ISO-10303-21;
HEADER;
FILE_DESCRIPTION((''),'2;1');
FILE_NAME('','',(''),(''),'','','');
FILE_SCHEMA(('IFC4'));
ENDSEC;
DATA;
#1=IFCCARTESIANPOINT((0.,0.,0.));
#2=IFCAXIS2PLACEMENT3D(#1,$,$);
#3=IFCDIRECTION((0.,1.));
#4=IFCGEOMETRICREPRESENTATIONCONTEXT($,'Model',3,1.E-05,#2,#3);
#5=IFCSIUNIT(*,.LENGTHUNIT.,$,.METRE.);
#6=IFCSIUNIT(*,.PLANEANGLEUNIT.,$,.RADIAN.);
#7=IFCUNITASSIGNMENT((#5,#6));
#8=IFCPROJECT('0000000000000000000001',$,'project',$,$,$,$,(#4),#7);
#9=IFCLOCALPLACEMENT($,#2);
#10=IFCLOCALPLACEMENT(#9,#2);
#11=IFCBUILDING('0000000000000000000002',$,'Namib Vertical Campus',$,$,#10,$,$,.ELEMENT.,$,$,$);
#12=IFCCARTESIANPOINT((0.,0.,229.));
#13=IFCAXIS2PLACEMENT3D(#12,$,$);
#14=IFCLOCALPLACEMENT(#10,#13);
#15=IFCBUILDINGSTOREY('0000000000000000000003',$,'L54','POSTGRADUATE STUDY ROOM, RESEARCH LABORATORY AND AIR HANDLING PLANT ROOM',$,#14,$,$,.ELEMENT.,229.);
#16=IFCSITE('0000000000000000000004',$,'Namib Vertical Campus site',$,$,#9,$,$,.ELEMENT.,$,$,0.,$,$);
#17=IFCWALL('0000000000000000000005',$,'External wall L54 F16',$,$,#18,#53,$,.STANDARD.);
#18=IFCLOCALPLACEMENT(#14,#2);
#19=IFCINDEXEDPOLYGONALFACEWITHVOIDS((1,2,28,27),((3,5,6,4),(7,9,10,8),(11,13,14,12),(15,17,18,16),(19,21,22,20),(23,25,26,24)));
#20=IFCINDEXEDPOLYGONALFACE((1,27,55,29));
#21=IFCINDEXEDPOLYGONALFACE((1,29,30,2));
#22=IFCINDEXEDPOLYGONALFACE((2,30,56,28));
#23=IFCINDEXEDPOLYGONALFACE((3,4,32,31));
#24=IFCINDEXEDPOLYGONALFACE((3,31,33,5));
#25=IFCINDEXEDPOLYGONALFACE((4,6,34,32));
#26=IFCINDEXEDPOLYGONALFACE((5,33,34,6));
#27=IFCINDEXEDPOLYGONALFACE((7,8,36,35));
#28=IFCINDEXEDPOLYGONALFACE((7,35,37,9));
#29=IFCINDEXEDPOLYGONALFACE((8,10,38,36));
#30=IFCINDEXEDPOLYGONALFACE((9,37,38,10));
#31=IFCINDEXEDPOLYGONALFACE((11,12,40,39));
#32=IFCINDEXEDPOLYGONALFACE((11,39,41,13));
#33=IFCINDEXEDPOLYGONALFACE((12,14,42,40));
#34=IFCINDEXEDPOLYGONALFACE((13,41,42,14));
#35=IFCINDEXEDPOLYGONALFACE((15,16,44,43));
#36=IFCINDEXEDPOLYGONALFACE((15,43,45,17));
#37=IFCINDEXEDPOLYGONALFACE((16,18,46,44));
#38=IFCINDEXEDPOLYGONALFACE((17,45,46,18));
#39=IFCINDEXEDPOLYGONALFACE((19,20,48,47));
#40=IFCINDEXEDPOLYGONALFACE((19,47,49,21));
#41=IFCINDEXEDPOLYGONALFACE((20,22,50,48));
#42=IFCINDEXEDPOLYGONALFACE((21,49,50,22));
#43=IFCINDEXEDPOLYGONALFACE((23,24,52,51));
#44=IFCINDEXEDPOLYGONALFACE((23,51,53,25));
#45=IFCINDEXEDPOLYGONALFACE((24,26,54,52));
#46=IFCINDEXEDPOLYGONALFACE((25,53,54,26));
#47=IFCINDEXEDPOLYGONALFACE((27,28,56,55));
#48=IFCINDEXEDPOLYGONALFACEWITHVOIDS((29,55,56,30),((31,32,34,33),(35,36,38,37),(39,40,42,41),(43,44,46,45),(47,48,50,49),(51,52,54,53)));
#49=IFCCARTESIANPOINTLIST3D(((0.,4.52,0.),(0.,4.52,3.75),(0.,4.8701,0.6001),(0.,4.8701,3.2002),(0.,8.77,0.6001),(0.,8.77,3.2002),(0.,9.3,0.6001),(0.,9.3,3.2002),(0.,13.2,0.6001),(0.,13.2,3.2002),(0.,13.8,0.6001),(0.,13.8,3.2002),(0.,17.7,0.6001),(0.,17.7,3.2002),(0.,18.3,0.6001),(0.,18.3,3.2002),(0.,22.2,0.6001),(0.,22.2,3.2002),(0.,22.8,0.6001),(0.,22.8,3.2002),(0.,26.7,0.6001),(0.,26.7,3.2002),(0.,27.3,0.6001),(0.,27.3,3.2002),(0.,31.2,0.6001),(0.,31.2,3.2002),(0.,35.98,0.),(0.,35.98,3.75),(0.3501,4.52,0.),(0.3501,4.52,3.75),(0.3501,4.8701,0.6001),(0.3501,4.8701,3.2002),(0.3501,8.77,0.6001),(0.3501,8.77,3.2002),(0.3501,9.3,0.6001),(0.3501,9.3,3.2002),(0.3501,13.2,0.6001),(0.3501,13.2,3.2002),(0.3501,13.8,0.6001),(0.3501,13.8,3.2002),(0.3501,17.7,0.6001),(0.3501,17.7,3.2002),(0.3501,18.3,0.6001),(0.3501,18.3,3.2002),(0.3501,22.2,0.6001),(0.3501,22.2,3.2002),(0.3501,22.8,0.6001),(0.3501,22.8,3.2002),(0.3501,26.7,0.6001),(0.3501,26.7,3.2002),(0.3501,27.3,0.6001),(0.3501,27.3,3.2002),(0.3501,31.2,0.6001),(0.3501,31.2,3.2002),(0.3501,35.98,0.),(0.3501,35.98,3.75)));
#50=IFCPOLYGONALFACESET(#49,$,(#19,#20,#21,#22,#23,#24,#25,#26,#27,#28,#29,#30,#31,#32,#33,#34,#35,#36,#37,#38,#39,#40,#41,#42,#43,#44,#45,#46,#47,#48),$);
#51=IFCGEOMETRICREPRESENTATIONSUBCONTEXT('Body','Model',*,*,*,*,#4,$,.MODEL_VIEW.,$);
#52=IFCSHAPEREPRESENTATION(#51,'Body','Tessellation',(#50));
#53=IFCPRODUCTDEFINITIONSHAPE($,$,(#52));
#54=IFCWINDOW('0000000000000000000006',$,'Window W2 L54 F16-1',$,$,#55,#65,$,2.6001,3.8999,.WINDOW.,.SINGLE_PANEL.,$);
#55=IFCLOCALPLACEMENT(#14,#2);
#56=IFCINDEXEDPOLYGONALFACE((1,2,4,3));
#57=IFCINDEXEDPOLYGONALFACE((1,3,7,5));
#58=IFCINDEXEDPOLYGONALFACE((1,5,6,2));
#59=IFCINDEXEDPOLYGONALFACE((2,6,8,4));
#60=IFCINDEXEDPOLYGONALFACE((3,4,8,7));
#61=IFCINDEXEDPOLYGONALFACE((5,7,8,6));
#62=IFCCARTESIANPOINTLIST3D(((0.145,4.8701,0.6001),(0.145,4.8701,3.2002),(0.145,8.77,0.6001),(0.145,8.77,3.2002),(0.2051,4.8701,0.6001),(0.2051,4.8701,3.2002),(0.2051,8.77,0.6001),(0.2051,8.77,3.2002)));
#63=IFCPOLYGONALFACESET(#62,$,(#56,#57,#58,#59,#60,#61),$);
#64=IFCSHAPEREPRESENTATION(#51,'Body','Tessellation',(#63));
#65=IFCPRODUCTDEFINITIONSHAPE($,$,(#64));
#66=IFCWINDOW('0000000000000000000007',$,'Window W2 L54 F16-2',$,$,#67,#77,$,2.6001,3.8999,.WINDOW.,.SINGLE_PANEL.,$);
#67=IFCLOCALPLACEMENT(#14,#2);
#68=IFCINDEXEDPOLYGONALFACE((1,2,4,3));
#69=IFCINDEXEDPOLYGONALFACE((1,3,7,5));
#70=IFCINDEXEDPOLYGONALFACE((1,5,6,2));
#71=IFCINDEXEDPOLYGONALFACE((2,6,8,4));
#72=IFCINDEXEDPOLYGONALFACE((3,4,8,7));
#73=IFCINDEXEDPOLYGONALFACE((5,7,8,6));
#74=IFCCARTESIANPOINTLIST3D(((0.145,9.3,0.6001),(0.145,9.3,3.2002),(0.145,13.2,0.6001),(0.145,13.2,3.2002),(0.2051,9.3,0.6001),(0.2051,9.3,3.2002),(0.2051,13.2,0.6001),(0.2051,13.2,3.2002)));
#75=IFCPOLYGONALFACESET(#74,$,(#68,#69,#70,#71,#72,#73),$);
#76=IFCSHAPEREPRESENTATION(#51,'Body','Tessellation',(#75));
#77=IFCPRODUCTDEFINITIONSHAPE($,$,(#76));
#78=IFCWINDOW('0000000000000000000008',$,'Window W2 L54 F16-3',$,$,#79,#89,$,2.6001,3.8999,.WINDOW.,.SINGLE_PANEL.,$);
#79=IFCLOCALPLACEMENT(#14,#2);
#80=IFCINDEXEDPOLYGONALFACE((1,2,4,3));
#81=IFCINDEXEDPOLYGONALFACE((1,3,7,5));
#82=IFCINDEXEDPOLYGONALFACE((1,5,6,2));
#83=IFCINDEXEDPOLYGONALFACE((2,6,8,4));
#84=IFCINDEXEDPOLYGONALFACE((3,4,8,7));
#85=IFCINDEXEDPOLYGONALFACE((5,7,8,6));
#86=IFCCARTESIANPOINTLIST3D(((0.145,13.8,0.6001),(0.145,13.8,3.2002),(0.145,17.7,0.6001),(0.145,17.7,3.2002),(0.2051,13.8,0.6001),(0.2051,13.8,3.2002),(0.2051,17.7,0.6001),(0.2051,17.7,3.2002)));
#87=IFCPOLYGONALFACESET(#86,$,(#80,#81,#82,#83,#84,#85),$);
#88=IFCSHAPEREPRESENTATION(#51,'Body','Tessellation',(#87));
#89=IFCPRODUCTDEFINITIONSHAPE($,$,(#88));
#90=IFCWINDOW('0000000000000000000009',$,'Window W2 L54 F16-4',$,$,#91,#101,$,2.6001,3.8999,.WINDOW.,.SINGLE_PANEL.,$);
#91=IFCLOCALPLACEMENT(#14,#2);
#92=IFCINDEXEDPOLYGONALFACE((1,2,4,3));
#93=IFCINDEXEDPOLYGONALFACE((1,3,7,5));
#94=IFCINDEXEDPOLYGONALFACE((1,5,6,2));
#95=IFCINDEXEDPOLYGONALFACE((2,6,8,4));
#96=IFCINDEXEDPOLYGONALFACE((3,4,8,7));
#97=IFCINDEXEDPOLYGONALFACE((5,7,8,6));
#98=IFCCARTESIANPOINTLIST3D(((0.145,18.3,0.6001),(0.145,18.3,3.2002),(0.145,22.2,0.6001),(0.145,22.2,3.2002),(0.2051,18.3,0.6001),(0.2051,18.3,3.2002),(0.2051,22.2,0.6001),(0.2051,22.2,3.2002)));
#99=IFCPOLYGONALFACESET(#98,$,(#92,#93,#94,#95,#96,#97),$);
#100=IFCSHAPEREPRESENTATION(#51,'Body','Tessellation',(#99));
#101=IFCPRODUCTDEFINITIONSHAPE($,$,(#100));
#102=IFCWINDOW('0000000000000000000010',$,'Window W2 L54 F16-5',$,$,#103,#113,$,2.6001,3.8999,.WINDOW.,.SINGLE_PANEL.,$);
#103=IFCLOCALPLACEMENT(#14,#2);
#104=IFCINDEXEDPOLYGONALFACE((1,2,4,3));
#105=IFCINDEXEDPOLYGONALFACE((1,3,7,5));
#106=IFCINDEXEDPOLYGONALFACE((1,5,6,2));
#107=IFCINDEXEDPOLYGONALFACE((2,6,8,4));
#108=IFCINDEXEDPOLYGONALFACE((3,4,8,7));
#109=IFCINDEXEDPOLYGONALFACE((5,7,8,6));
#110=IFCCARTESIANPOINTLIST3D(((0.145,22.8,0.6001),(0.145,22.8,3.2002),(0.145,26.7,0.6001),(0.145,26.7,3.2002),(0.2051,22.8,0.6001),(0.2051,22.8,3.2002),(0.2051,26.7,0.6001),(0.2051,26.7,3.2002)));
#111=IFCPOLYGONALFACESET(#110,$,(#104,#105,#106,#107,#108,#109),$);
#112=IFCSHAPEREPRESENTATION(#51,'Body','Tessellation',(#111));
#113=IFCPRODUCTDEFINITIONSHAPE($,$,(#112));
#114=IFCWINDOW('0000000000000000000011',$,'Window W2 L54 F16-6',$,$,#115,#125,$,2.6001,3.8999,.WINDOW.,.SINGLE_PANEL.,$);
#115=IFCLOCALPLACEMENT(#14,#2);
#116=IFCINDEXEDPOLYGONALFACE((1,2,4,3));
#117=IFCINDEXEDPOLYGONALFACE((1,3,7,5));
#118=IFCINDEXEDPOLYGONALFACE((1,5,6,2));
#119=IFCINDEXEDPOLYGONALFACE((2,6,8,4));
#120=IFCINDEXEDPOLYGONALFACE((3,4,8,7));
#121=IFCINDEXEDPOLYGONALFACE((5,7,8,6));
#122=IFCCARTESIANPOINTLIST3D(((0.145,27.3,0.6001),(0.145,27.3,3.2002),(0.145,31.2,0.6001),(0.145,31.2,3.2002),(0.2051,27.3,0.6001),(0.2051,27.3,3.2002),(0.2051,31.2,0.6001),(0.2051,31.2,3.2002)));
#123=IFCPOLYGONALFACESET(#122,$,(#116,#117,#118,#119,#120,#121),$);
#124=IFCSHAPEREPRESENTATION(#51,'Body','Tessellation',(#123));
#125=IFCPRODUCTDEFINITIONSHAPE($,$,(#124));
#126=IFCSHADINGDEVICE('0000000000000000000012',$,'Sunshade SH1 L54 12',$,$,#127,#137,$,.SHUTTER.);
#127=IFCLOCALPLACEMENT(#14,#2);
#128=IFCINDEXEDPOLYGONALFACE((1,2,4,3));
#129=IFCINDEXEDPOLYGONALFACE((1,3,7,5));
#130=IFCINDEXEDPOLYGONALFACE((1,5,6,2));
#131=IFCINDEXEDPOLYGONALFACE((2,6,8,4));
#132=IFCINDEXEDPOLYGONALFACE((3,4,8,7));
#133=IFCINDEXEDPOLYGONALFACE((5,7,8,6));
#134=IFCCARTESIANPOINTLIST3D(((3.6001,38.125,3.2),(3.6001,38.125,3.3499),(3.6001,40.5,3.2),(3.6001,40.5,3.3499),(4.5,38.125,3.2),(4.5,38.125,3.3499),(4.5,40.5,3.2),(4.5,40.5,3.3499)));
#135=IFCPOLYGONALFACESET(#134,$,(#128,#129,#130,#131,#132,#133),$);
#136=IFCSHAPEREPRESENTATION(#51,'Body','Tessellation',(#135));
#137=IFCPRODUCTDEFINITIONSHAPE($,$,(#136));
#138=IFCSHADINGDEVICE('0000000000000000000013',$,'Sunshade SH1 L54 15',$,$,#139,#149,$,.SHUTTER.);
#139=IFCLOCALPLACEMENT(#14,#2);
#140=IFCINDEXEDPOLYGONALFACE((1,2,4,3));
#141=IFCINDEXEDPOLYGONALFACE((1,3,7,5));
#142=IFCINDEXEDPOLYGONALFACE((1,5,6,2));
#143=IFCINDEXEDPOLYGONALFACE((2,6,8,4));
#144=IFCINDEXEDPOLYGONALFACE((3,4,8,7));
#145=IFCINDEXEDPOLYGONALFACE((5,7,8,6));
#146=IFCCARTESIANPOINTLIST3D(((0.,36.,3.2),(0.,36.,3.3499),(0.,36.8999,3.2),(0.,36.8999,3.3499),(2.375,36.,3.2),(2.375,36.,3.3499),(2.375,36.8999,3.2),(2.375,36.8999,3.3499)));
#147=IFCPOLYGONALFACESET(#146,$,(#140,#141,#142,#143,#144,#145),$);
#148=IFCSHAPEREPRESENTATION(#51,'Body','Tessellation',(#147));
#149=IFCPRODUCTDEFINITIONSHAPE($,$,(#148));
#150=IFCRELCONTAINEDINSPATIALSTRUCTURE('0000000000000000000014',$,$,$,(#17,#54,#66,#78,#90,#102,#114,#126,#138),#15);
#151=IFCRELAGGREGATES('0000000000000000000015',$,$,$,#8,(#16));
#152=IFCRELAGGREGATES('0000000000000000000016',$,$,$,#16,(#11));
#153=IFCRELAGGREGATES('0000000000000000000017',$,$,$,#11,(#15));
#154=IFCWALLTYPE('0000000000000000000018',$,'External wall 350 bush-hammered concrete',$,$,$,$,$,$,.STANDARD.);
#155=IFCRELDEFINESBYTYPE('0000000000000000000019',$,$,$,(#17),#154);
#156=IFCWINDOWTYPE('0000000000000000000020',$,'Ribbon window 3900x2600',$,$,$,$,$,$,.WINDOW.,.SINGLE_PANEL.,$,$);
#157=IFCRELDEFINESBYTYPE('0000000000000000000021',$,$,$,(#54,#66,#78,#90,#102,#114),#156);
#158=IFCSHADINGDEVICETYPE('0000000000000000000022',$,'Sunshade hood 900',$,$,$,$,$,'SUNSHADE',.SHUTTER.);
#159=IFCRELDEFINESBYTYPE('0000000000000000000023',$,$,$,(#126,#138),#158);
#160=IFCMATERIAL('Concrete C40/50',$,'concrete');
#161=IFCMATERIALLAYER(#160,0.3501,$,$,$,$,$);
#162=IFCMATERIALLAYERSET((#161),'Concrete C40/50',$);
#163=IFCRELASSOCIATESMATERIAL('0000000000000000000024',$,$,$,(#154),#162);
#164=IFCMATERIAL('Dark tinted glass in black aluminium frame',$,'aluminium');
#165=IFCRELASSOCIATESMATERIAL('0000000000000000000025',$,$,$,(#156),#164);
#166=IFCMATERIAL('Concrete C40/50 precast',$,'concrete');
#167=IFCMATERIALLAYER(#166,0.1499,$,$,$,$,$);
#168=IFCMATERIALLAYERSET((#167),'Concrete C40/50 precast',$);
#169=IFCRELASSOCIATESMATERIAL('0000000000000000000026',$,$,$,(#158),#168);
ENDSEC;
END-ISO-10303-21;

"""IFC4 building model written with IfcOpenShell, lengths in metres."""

from ifc_helpers import new_model, si_unit, direction, frame, frame_2d, origin, origin_2d, place, context, subcontext, project, spatial, rectangle, extrude, material, layer, layer_set, type_object, element, fill, save


model = new_model("IFC4")

# Units and contexts
model_context = context("Model", 3, precision=1e-05, world=origin(), true_north=direction((0.0, 1.0)))
body_context = subcontext(model_context, "Body", "Model", "MODEL_VIEW")
ifc_project = project(units=[si_unit("LENGTHUNIT", "METRE"), si_unit("PLANEANGLEUNIT", "RADIAN")], contexts=[model_context])

# Site, building, storey
site_placement = place(None, origin())
site = spatial("IfcSite", under=ifc_project, at=site_placement, Name="Namib Vertical Campus site", CompositionType="ELEMENT", RefElevation=0.0)
building_placement = place(site_placement, origin())
building = spatial("IfcBuilding", under=site, at=building_placement, Name="Namib Vertical Campus", CompositionType="ELEMENT")
storey_placement = place(building_placement, frame((0.0, 0.0, 229.0)))
storey = spatial("IfcBuildingStorey", under=building, at=storey_placement, Name="L54", Description="POSTGRADUATE STUDY ROOM, RESEARCH LABORATORY AND AIR HANDLING PLANT ROOM", CompositionType="ELEMENT", Elevation=229.0)

# Shared definitions
ifc_material_1 = material(Name="Concrete C40/50", Category="concrete")
ifc_layer_1 = layer(ifc_material_1, 0.3501)
ifc_layer_set_1 = layer_set([ifc_layer_1], Name="Concrete C40/50")
wall_type_1 = type_object("IfcWallType", Name="External wall 350 bush-hammered concrete", PredefinedType="STANDARD", material=ifc_layer_set_1)

# Wall, openings, windows
wall_1_placement = place(storey_placement, frame((0.175, 35.98, 0.0), z_axis=(0.0, 0.0, 1.0), x_axis=(0.0, -1.0, 0.0)))
wall_1 = element("IfcWall", 1, at=wall_1_placement, inside=storey, type_object=wall_type_1, Name="External wall L54 F16", PredefinedType="STANDARD", context=body_context, shape_type="SweptSolid", body=[
    extrude(rectangle(XDim=31.46, YDim=0.3501, at=frame_2d((15.73, 0.0))), origin(), (0.0, 0.0, 1.0), 3.75),
])
opening_1_placement = place(wall_1_placement, frame((27.21, 0.0, 0.6001)))
opening_1 = element("IfcOpeningElement", 2, at=opening_1_placement, cuts=wall_1, PredefinedType="OPENING", context=body_context, shape_type="SweptSolid", body=[
    extrude(rectangle(XDim=3.8999, YDim=2.6001, at=frame_2d((1.95, 1.3))), frame((0.0, 0.1851, 0.0), z_axis=(0.0, -1.0, 0.0), x_axis=(1.0, 0.0, 0.0)), (0.0, 0.0, 1.0), 0.3701),
])
opening_2_placement = place(wall_1_placement, frame((22.78, 0.0, 0.6001)))
opening_2 = element("IfcOpeningElement", 3, at=opening_2_placement, cuts=wall_1, PredefinedType="OPENING", context=body_context, shape_type="SweptSolid", body=[
    extrude(rectangle(XDim=3.8999, YDim=2.6001, at=frame_2d((1.95, 1.3))), frame((0.0, 0.1851, 0.0), z_axis=(0.0, -1.0, 0.0), x_axis=(1.0, 0.0, 0.0)), (0.0, 0.0, 1.0), 0.3701),
])
opening_3_placement = place(wall_1_placement, frame((18.28, 0.0, 0.6001)))
opening_3 = element("IfcOpeningElement", 4, at=opening_3_placement, cuts=wall_1, PredefinedType="OPENING", context=body_context, shape_type="SweptSolid", body=[
    extrude(rectangle(XDim=3.8999, YDim=2.6001, at=frame_2d((1.95, 1.3))), frame((0.0, 0.1851, 0.0), z_axis=(0.0, -1.0, 0.0), x_axis=(1.0, 0.0, 0.0)), (0.0, 0.0, 1.0), 0.3701),
])
opening_4_placement = place(wall_1_placement, frame((13.78, 0.0, 0.6001)))
opening_4 = element("IfcOpeningElement", 5, at=opening_4_placement, cuts=wall_1, PredefinedType="OPENING", context=body_context, shape_type="SweptSolid", body=[
    extrude(rectangle(XDim=3.8999, YDim=2.6001, at=frame_2d((1.95, 1.3))), frame((0.0, 0.1851, 0.0), z_axis=(0.0, -1.0, 0.0), x_axis=(1.0, 0.0, 0.0)), (0.0, 0.0, 1.0), 0.3701),
])
opening_5_placement = place(wall_1_placement, frame((9.28, 0.0, 0.6001)))
opening_5 = element("IfcOpeningElement", 6, at=opening_5_placement, cuts=wall_1, PredefinedType="OPENING", context=body_context, shape_type="SweptSolid", body=[
    extrude(rectangle(XDim=3.8999, YDim=2.6001, at=frame_2d((1.95, 1.3))), frame((0.0, 0.1851, 0.0), z_axis=(0.0, -1.0, 0.0), x_axis=(1.0, 0.0, 0.0)), (0.0, 0.0, 1.0), 0.3701),
])
opening_6_placement = place(wall_1_placement, frame((4.78, 0.0, 0.6001)))
opening_6 = element("IfcOpeningElement", 7, at=opening_6_placement, cuts=wall_1, PredefinedType="OPENING", context=body_context, shape_type="SweptSolid", body=[
    extrude(rectangle(XDim=3.8999, YDim=2.6001, at=frame_2d((1.95, 1.3))), frame((0.0, 0.1851, 0.0), z_axis=(0.0, -1.0, 0.0), x_axis=(1.0, 0.0, 0.0)), (0.0, 0.0, 1.0), 0.3701),
])
ifc_material_2 = material(Name="Dark tinted glass in black aluminium frame", Category="aluminium")
window_type = type_object("IfcWindowType", Name="Ribbon window 3900x2600", PartitioningType="SINGLE_PANEL", PredefinedType="WINDOW", material=ifc_material_2)
window_1_placement = place(opening_1_placement, origin())
window_1 = element("IfcWindow", 8, at=window_1_placement, inside=storey, type_object=window_type, Name="Window W2 L54 F16-1", OverallHeight=2.6001, OverallWidth=3.8999, PartitioningType="SINGLE_PANEL", PredefinedType="WINDOW", context=body_context, shape_type="SweptSolid", body=[
    extrude(rectangle(XDim=3.8999, YDim=2.6001, at=frame_2d((1.95, 1.3))), frame((0.0, 0.03, 0.0), z_axis=(0.0, -1.0, 0.0), x_axis=(1.0, 0.0, 0.0)), (0.0, 0.0, 1.0), 0.0601),
])
fill(opening_1, window_1)
window_2_placement = place(opening_2_placement, origin())
window_2 = element("IfcWindow", 9, at=window_2_placement, inside=storey, type_object=window_type, Name="Window W2 L54 F16-2", OverallHeight=2.6001, OverallWidth=3.8999, PartitioningType="SINGLE_PANEL", PredefinedType="WINDOW", context=body_context, shape_type="SweptSolid", body=[
    extrude(rectangle(XDim=3.8999, YDim=2.6001, at=frame_2d((1.95, 1.3))), frame((0.0, 0.03, 0.0), z_axis=(0.0, -1.0, 0.0), x_axis=(1.0, 0.0, 0.0)), (0.0, 0.0, 1.0), 0.0601),
])
fill(opening_2, window_2)
window_3_placement = place(opening_3_placement, origin())
window_3 = element("IfcWindow", 10, at=window_3_placement, inside=storey, type_object=window_type, Name="Window W2 L54 F16-3", OverallHeight=2.6001, OverallWidth=3.8999, PartitioningType="SINGLE_PANEL", PredefinedType="WINDOW", context=body_context, shape_type="SweptSolid", body=[
    extrude(rectangle(XDim=3.8999, YDim=2.6001, at=frame_2d((1.95, 1.3))), frame((0.0, 0.03, 0.0), z_axis=(0.0, -1.0, 0.0), x_axis=(1.0, 0.0, 0.0)), (0.0, 0.0, 1.0), 0.0601),
])
fill(opening_3, window_3)
window_4_placement = place(opening_4_placement, origin())
window_4 = element("IfcWindow", 11, at=window_4_placement, inside=storey, type_object=window_type, Name="Window W2 L54 F16-4", OverallHeight=2.6001, OverallWidth=3.8999, PartitioningType="SINGLE_PANEL", PredefinedType="WINDOW", context=body_context, shape_type="SweptSolid", body=[
    extrude(rectangle(XDim=3.8999, YDim=2.6001, at=frame_2d((1.95, 1.3))), frame((0.0, 0.03, 0.0), z_axis=(0.0, -1.0, 0.0), x_axis=(1.0, 0.0, 0.0)), (0.0, 0.0, 1.0), 0.0601),
])
fill(opening_4, window_4)
window_5_placement = place(opening_5_placement, origin())
window_5 = element("IfcWindow", 12, at=window_5_placement, inside=storey, type_object=window_type, Name="Window W2 L54 F16-5", OverallHeight=2.6001, OverallWidth=3.8999, PartitioningType="SINGLE_PANEL", PredefinedType="WINDOW", context=body_context, shape_type="SweptSolid", body=[
    extrude(rectangle(XDim=3.8999, YDim=2.6001, at=frame_2d((1.95, 1.3))), frame((0.0, 0.03, 0.0), z_axis=(0.0, -1.0, 0.0), x_axis=(1.0, 0.0, 0.0)), (0.0, 0.0, 1.0), 0.0601),
])
fill(opening_5, window_5)
window_6_placement = place(opening_6_placement, origin())
window_6 = element("IfcWindow", 13, at=window_6_placement, inside=storey, type_object=window_type, Name="Window W2 L54 F16-6", OverallHeight=2.6001, OverallWidth=3.8999, PartitioningType="SINGLE_PANEL", PredefinedType="WINDOW", context=body_context, shape_type="SweptSolid", body=[
    extrude(rectangle(XDim=3.8999, YDim=2.6001, at=frame_2d((1.95, 1.3))), frame((0.0, 0.03, 0.0), z_axis=(0.0, -1.0, 0.0), x_axis=(1.0, 0.0, 0.0)), (0.0, 0.0, 1.0), 0.0601),
])
fill(opening_6, window_6)

# Shading devices
ifc_material_3 = material(Name="Concrete C40/50 precast", Category="concrete")
ifc_layer_2 = layer(ifc_material_3, 0.1499)
ifc_layer_set_2 = layer_set([ifc_layer_2], Name="Concrete C40/50 precast")
shading_device_type = type_object("IfcShadingDeviceType", Name="Sunshade hood 900", ElementType="SUNSHADE", PredefinedType="SHUTTER", material=ifc_layer_set_2)
for number, where, z_axis, x_axis, name in (
    (14, (4.05, 39.3125, 3.2), (0.0, 0.0, 1.0), (0.0, -1.0, 0.0), "Sunshade SH1 L54 12"),
    (15, (1.1875, 36.45, 3.2), (0.0, 0.0, 1.0), (-1.0, 0.0, 0.0), "Sunshade SH1 L54 15"),
):
    element("IfcShadingDevice", number, at=place(storey_placement, frame(where, z_axis=z_axis, x_axis=x_axis)), inside=storey, type_object=shading_device_type, Name=name, PredefinedType="SHUTTER", context=body_context, shape_type="SweptSolid", body=[
        extrude(rectangle(XDim=2.375, YDim=0.8999, at=origin_2d()), origin(), (0.0, 0.0, 1.0), 0.1499),
    ])

save(model, "model.ifc")
